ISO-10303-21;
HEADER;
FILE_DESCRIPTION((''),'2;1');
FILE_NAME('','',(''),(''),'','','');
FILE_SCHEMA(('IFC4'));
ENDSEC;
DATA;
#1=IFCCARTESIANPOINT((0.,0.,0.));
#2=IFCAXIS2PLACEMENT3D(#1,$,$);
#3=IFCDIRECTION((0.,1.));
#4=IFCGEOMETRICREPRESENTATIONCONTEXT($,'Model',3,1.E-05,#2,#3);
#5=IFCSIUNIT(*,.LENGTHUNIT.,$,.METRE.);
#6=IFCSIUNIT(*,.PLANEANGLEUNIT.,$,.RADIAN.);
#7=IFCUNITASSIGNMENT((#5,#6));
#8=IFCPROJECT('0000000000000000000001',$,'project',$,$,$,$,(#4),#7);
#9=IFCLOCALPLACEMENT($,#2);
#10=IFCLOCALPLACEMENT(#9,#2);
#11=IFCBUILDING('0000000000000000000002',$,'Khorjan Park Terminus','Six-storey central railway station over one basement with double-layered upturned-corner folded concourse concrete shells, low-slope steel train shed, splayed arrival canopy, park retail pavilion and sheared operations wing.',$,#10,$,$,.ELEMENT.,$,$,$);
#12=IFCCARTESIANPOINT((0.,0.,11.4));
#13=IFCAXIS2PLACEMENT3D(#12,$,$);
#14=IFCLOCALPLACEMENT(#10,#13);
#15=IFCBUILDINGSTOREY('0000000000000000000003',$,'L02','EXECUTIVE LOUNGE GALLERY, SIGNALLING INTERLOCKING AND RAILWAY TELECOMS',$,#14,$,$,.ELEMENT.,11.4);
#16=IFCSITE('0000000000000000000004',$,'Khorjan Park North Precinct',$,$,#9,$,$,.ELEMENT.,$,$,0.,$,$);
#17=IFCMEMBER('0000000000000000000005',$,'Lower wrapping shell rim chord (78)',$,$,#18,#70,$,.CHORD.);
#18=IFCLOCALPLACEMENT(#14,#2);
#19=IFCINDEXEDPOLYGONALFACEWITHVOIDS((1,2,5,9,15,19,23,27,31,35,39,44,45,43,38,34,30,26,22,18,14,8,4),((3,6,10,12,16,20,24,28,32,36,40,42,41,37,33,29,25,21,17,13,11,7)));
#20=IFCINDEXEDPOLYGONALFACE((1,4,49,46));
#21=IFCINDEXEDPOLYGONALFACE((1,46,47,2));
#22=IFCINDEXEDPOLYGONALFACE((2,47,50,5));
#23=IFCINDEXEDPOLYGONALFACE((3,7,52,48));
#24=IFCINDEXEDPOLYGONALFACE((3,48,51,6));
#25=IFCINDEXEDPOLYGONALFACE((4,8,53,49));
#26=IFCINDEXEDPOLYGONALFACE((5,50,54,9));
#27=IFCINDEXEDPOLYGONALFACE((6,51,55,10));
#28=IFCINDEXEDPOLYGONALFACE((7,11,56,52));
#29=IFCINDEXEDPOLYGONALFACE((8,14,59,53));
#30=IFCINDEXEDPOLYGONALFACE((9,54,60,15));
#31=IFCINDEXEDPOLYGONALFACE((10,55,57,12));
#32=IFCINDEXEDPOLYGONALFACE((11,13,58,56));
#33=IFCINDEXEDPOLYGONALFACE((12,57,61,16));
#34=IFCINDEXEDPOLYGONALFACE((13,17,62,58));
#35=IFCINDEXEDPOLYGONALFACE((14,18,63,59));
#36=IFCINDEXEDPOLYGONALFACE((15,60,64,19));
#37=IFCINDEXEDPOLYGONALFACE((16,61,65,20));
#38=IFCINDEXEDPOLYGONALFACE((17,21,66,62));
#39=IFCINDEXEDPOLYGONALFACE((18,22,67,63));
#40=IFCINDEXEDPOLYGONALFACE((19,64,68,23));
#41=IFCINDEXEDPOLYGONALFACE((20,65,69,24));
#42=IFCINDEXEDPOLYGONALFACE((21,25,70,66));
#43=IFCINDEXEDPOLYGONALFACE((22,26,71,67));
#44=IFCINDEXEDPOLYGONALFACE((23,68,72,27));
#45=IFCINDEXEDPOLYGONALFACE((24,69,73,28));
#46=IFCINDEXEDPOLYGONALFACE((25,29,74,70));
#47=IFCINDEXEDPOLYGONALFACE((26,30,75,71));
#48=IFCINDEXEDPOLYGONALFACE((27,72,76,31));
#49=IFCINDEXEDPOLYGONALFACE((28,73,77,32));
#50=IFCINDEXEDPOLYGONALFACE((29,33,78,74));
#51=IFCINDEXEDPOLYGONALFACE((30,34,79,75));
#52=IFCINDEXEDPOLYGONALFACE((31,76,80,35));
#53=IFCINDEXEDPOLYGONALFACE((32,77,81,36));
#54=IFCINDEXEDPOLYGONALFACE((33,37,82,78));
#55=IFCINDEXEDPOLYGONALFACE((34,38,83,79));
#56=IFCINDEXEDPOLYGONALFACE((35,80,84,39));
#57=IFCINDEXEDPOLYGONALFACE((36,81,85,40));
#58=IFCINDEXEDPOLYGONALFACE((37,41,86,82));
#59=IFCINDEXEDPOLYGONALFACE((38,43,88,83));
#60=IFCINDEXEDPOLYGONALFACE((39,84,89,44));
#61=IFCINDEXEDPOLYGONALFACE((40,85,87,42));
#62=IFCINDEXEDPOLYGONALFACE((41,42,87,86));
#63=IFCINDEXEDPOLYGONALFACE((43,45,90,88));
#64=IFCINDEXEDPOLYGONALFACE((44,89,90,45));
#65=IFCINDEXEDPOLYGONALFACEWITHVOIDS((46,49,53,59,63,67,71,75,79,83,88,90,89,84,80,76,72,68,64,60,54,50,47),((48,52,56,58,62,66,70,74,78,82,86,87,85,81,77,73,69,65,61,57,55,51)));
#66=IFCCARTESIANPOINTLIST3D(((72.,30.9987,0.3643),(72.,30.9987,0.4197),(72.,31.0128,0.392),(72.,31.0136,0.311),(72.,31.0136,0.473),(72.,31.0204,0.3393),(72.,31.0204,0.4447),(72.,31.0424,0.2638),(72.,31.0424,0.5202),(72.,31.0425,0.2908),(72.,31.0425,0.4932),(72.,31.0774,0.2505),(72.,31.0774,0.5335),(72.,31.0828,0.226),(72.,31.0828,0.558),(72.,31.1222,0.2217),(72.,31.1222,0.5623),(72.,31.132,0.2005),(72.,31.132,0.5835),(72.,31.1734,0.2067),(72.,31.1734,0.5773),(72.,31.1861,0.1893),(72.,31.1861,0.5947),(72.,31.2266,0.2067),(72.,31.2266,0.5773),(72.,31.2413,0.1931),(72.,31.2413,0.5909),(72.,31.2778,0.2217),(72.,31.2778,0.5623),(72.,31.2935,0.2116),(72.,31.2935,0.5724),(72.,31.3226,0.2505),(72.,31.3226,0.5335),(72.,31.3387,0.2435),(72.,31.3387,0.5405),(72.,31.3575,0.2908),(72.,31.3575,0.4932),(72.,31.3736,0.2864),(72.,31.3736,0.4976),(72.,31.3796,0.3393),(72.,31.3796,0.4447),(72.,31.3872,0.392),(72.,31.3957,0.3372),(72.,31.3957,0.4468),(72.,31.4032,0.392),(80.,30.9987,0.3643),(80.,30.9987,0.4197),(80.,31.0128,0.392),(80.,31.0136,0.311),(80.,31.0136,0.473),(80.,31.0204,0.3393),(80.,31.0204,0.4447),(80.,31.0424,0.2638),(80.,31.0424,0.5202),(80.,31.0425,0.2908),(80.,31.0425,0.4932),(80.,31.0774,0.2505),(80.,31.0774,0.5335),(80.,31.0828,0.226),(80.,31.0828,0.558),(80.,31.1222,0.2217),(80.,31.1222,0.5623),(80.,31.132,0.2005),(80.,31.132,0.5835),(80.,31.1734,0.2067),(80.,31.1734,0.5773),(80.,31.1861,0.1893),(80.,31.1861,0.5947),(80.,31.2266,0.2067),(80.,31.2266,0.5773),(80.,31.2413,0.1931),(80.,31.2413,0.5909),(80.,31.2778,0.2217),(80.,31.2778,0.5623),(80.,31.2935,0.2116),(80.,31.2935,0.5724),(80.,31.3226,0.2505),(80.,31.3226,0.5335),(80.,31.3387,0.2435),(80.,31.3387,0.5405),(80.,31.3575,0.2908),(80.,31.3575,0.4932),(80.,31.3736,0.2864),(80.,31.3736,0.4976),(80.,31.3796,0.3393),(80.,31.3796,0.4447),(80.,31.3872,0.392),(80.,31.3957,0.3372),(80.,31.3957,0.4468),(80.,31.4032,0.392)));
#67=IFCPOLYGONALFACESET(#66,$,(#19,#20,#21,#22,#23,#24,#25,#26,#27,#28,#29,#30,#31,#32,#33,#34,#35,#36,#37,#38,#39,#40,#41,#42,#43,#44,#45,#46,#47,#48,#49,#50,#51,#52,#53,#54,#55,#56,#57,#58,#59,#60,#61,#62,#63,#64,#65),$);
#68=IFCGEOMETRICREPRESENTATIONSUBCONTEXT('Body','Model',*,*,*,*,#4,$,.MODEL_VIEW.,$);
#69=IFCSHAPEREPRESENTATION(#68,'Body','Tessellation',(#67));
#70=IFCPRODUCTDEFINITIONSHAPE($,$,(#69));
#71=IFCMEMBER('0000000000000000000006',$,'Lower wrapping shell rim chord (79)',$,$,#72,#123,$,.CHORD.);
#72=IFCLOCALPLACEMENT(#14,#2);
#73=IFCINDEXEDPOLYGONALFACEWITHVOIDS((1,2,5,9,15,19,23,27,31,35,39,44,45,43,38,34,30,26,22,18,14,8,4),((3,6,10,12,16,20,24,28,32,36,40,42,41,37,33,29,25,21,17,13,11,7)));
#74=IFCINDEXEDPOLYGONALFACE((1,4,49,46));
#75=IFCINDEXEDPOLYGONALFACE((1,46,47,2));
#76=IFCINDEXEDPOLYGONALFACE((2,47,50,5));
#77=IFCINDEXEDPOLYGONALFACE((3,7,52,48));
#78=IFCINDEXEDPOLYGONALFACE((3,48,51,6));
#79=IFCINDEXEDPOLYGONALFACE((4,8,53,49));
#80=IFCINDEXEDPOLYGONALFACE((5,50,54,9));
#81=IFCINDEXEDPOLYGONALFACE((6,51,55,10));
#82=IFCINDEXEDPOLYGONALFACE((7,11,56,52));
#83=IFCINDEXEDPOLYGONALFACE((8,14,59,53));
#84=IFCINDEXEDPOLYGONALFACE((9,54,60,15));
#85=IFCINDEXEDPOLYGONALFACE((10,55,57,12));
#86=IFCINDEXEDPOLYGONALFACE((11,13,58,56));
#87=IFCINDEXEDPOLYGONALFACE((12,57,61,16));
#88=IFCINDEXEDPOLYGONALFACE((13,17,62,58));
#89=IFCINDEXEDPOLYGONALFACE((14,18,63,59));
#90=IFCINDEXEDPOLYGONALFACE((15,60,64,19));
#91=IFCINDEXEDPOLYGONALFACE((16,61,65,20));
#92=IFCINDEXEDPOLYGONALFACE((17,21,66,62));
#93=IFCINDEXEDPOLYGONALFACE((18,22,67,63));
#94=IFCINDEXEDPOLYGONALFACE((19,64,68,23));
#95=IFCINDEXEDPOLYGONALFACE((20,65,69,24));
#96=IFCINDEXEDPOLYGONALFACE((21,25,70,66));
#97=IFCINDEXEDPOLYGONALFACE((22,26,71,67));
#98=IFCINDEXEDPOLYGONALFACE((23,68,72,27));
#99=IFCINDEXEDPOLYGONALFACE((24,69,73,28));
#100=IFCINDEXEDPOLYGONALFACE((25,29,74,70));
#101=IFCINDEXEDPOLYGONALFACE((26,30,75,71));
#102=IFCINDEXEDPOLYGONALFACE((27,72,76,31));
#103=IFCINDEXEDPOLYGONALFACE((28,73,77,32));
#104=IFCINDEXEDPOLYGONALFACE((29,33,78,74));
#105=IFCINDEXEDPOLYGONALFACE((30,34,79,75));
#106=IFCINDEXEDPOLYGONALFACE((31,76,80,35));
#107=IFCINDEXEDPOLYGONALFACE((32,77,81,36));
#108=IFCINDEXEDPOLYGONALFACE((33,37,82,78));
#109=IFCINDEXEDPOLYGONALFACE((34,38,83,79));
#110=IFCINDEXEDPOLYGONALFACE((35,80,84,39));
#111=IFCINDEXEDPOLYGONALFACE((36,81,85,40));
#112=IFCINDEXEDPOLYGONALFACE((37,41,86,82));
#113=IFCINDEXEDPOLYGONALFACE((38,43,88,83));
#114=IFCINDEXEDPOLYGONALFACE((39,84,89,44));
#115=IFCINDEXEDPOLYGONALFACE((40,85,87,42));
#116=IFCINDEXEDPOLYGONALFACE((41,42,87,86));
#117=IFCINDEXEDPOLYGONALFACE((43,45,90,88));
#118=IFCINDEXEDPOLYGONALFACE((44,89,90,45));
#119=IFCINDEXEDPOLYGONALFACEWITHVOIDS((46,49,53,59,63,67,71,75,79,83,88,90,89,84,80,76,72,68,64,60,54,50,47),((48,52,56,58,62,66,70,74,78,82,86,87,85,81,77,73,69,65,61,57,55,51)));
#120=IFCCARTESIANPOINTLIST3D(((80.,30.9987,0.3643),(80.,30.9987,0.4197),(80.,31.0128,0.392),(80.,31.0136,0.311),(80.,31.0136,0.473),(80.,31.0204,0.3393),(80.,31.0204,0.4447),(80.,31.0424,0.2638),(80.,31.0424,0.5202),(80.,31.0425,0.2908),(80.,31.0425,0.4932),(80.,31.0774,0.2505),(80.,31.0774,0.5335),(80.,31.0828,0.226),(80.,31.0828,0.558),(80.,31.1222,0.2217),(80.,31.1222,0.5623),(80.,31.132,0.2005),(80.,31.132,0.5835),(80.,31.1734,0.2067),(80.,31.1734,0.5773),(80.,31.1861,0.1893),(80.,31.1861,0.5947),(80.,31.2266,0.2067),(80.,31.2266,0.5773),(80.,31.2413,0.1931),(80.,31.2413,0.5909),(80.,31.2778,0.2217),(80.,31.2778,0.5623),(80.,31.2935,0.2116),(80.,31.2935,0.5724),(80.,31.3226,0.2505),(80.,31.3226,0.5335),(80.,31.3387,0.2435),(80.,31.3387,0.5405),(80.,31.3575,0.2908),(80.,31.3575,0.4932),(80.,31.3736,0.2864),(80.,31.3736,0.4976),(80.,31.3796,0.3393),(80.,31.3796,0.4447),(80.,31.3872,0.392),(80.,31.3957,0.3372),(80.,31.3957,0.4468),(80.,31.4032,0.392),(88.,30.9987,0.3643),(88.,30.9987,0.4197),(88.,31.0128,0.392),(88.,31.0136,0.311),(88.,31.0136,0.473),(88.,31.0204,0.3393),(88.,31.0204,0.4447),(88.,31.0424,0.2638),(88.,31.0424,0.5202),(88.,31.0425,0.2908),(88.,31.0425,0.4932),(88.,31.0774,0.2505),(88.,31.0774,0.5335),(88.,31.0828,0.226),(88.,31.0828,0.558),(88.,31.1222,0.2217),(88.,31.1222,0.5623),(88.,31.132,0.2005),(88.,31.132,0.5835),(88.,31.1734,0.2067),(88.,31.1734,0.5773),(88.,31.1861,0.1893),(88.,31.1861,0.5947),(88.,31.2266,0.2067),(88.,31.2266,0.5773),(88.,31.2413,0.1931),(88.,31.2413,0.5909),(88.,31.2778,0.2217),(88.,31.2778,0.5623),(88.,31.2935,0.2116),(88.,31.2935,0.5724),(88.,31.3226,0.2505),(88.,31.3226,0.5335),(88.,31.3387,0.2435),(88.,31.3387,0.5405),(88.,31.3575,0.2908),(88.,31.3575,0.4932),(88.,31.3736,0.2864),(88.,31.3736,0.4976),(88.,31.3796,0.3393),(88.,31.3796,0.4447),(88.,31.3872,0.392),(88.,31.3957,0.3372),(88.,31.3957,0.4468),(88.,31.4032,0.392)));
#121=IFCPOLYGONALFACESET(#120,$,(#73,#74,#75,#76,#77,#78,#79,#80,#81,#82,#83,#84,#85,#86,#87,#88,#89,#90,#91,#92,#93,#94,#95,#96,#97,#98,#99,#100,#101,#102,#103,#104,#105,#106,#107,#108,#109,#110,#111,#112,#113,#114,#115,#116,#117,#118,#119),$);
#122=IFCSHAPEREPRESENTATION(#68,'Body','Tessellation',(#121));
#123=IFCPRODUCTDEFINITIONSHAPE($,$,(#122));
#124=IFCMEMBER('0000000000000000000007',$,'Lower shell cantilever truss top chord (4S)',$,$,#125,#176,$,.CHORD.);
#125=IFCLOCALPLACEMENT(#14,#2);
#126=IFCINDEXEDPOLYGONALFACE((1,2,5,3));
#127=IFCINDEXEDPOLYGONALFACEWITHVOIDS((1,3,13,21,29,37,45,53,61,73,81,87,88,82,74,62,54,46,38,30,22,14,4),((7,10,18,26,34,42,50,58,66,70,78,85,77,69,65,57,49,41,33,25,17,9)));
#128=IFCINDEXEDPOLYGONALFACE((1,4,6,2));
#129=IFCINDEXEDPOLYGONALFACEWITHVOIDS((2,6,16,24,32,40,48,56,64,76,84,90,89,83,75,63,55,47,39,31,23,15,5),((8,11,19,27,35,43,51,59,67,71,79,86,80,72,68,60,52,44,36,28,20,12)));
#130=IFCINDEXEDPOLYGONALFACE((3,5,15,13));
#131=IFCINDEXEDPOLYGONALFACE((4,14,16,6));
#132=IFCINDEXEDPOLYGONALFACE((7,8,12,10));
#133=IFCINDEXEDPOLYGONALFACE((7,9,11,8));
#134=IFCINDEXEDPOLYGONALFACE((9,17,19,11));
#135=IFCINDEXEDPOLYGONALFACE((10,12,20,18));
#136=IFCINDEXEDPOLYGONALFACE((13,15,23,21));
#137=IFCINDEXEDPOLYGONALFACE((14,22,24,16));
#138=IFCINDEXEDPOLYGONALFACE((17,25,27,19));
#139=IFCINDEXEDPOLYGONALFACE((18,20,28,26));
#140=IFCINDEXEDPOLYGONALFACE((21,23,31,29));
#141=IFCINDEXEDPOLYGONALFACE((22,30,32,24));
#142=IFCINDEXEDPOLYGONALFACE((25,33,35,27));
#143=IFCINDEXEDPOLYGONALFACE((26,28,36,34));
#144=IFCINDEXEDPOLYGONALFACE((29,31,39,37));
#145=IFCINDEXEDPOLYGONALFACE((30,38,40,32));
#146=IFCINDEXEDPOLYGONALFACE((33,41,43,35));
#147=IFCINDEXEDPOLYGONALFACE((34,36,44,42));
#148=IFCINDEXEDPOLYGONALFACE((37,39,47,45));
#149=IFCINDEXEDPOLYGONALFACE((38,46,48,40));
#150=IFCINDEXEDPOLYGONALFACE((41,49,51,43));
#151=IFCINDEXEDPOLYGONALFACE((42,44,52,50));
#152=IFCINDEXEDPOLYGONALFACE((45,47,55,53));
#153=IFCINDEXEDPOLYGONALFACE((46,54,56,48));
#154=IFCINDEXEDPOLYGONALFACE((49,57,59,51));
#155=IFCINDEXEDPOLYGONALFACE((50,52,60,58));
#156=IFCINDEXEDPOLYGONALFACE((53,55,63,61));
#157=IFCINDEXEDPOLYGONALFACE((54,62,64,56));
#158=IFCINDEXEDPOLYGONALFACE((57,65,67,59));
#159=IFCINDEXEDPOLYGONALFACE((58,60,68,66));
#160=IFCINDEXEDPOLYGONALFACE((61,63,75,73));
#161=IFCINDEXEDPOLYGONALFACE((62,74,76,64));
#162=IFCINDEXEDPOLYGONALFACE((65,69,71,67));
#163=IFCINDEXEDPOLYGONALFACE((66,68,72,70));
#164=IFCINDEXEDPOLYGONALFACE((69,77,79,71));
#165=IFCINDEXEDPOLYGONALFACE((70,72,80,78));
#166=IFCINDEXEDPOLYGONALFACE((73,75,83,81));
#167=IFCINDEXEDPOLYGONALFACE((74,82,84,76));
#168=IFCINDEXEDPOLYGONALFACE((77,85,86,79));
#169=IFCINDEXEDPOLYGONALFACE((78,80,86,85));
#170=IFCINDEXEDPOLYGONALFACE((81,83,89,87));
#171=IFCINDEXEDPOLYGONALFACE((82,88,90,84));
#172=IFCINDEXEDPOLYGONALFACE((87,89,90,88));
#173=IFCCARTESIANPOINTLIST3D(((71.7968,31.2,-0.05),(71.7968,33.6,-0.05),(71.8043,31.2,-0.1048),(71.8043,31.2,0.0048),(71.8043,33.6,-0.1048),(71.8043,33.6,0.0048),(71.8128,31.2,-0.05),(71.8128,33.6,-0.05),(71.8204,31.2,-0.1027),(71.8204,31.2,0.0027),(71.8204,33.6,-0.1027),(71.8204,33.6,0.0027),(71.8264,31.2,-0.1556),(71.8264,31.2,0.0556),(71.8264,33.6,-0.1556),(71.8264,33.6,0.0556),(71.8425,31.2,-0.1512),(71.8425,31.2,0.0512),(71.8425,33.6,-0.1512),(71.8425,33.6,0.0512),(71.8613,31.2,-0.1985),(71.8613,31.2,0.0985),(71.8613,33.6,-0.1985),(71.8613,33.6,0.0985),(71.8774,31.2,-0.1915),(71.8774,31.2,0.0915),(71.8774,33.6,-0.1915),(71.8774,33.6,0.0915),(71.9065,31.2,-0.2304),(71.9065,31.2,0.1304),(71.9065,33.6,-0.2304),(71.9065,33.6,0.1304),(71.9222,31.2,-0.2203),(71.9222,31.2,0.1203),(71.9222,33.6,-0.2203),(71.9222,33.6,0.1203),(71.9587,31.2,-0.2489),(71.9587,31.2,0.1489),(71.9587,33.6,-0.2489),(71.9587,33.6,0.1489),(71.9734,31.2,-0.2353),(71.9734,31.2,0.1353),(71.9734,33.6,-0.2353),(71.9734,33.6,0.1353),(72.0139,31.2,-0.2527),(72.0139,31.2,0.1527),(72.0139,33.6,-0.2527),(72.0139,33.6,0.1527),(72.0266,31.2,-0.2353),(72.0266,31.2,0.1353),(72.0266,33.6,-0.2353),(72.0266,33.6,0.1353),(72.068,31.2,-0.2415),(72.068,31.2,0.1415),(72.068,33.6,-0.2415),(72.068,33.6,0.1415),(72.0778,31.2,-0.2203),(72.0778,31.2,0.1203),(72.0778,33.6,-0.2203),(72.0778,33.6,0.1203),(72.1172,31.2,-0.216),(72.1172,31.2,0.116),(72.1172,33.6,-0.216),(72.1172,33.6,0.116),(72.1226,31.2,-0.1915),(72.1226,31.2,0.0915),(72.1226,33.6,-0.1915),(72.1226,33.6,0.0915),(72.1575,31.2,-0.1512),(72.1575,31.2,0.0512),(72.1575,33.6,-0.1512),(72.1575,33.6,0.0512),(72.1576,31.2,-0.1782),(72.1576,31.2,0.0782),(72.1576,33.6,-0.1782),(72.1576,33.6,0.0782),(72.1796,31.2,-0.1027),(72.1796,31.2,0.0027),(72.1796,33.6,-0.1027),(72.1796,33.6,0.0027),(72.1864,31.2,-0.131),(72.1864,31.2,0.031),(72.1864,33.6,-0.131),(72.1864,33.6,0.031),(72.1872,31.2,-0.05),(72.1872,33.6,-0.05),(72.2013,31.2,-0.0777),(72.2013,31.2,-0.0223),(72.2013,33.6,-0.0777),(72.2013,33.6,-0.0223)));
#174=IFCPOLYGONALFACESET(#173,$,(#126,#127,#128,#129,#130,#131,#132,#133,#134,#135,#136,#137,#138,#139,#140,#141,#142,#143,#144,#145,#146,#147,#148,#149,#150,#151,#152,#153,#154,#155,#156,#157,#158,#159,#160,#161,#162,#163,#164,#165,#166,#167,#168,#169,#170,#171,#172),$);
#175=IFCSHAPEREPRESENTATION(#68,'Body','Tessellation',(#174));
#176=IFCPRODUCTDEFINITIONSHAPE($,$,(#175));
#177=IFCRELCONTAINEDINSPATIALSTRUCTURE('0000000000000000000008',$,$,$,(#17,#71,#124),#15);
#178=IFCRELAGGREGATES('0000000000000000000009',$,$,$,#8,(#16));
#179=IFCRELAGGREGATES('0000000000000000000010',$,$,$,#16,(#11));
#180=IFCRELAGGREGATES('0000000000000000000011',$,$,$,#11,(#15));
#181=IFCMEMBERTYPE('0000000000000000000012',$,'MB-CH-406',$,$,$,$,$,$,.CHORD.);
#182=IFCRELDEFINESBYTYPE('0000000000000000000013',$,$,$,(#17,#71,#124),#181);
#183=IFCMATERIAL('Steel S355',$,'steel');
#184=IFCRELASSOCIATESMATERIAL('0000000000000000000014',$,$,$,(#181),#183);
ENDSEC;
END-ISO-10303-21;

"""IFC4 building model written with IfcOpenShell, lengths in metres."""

from ifc_helpers import new_model, si_unit, direction, frame, origin, origin_2d, place, context, subcontext, project, spatial, hollow_circle, extrude, material, material_profile, profile_set, type_object, element, save


model = new_model("IFC4")

# Units and contexts
model_context = context("Model", 3, precision=1e-05, world=origin(), true_north=direction((0.0, 1.0)))
body_context = subcontext(model_context, "Body", "Model", "MODEL_VIEW")
ifc_project = project(units=[si_unit("LENGTHUNIT", "METRE"), si_unit("PLANEANGLEUNIT", "RADIAN")], contexts=[model_context])

# Site, building, storey
site_placement = place(None, origin())
site = spatial("IfcSite", under=ifc_project, at=site_placement, Name="Khorjan Park North Precinct", CompositionType="ELEMENT", RefElevation=0.0)
building_placement = place(site_placement, origin())
building = spatial("IfcBuilding", under=site, at=building_placement, Name="Khorjan Park Terminus", Description="Six-storey central railway station over one basement with double-layered upturned-corner folded concourse concrete shells, low-slope steel train shed, splayed arrival canopy, park retail pavilion and sheared operations wing.", CompositionType="ELEMENT")
storey_placement = place(building_placement, frame((0.0, 0.0, 11.4)))
storey = spatial("IfcBuildingStorey", under=building, at=storey_placement, Name="L02", Description="EXECUTIVE LOUNGE GALLERY, SIGNALLING INTERLOCKING AND RAILWAY TELECOMS", CompositionType="ELEMENT", Elevation=11.4)

# Members
ifc_material = material(Name="Steel S355", Category="steel")
ifc_material_profile_1 = material_profile(ifc_material, hollow_circle(Radius=0.2032, WallThickness=0.016, at=origin_2d()), Name="CHS 406.4x16")
ifc_profile_set_1 = profile_set([ifc_material_profile_1], Name="Steel S355")
member_type_1 = type_object("IfcMemberType", Name="MB-CH-406", PredefinedType="CHORD", material=ifc_profile_set_1)
for number, where, z_axis, x_axis, name in (
    (1, (72.0, 31.2, 0.392), (1.0, 0.0, 0.0), (0.0, 1.0, 0.0), "Lower wrapping shell rim chord (78)"),
    (2, (80.0, 31.2, 0.392), (1.0, 0.0, 0.0), (0.0, 1.0, 0.0), "Lower wrapping shell rim chord (79)"),
):
    element("IfcMember", number, at=place(storey_placement, frame(where, z_axis=z_axis, x_axis=x_axis)), inside=storey, type_object=member_type_1, Name=name, PredefinedType="CHORD", context=body_context, shape_type="SweptSolid", body=[
        extrude(hollow_circle(Radius=0.2032, WallThickness=0.016, at=origin_2d()), origin(), (0.0, 0.0, 1.0), 8.0),
    ])
for number, where, z_axis, x_axis, name in (
    (3, (72.0, 31.2, -0.05), (0.0, 1.0, 0.0), (-1.0, 0.0, 0.0), "Lower shell cantilever truss top chord (4S)"),
):
    element("IfcMember", number, at=place(storey_placement, frame(where, z_axis=z_axis, x_axis=x_axis)), inside=storey, type_object=member_type_1, Name=name, PredefinedType="CHORD", context=body_context, shape_type="SweptSolid", body=[
        extrude(hollow_circle(Radius=0.2032, WallThickness=0.016, at=origin_2d()), origin(), (0.0, 0.0, 1.0), 2.4),
    ])

save(model, "model.ifc")
